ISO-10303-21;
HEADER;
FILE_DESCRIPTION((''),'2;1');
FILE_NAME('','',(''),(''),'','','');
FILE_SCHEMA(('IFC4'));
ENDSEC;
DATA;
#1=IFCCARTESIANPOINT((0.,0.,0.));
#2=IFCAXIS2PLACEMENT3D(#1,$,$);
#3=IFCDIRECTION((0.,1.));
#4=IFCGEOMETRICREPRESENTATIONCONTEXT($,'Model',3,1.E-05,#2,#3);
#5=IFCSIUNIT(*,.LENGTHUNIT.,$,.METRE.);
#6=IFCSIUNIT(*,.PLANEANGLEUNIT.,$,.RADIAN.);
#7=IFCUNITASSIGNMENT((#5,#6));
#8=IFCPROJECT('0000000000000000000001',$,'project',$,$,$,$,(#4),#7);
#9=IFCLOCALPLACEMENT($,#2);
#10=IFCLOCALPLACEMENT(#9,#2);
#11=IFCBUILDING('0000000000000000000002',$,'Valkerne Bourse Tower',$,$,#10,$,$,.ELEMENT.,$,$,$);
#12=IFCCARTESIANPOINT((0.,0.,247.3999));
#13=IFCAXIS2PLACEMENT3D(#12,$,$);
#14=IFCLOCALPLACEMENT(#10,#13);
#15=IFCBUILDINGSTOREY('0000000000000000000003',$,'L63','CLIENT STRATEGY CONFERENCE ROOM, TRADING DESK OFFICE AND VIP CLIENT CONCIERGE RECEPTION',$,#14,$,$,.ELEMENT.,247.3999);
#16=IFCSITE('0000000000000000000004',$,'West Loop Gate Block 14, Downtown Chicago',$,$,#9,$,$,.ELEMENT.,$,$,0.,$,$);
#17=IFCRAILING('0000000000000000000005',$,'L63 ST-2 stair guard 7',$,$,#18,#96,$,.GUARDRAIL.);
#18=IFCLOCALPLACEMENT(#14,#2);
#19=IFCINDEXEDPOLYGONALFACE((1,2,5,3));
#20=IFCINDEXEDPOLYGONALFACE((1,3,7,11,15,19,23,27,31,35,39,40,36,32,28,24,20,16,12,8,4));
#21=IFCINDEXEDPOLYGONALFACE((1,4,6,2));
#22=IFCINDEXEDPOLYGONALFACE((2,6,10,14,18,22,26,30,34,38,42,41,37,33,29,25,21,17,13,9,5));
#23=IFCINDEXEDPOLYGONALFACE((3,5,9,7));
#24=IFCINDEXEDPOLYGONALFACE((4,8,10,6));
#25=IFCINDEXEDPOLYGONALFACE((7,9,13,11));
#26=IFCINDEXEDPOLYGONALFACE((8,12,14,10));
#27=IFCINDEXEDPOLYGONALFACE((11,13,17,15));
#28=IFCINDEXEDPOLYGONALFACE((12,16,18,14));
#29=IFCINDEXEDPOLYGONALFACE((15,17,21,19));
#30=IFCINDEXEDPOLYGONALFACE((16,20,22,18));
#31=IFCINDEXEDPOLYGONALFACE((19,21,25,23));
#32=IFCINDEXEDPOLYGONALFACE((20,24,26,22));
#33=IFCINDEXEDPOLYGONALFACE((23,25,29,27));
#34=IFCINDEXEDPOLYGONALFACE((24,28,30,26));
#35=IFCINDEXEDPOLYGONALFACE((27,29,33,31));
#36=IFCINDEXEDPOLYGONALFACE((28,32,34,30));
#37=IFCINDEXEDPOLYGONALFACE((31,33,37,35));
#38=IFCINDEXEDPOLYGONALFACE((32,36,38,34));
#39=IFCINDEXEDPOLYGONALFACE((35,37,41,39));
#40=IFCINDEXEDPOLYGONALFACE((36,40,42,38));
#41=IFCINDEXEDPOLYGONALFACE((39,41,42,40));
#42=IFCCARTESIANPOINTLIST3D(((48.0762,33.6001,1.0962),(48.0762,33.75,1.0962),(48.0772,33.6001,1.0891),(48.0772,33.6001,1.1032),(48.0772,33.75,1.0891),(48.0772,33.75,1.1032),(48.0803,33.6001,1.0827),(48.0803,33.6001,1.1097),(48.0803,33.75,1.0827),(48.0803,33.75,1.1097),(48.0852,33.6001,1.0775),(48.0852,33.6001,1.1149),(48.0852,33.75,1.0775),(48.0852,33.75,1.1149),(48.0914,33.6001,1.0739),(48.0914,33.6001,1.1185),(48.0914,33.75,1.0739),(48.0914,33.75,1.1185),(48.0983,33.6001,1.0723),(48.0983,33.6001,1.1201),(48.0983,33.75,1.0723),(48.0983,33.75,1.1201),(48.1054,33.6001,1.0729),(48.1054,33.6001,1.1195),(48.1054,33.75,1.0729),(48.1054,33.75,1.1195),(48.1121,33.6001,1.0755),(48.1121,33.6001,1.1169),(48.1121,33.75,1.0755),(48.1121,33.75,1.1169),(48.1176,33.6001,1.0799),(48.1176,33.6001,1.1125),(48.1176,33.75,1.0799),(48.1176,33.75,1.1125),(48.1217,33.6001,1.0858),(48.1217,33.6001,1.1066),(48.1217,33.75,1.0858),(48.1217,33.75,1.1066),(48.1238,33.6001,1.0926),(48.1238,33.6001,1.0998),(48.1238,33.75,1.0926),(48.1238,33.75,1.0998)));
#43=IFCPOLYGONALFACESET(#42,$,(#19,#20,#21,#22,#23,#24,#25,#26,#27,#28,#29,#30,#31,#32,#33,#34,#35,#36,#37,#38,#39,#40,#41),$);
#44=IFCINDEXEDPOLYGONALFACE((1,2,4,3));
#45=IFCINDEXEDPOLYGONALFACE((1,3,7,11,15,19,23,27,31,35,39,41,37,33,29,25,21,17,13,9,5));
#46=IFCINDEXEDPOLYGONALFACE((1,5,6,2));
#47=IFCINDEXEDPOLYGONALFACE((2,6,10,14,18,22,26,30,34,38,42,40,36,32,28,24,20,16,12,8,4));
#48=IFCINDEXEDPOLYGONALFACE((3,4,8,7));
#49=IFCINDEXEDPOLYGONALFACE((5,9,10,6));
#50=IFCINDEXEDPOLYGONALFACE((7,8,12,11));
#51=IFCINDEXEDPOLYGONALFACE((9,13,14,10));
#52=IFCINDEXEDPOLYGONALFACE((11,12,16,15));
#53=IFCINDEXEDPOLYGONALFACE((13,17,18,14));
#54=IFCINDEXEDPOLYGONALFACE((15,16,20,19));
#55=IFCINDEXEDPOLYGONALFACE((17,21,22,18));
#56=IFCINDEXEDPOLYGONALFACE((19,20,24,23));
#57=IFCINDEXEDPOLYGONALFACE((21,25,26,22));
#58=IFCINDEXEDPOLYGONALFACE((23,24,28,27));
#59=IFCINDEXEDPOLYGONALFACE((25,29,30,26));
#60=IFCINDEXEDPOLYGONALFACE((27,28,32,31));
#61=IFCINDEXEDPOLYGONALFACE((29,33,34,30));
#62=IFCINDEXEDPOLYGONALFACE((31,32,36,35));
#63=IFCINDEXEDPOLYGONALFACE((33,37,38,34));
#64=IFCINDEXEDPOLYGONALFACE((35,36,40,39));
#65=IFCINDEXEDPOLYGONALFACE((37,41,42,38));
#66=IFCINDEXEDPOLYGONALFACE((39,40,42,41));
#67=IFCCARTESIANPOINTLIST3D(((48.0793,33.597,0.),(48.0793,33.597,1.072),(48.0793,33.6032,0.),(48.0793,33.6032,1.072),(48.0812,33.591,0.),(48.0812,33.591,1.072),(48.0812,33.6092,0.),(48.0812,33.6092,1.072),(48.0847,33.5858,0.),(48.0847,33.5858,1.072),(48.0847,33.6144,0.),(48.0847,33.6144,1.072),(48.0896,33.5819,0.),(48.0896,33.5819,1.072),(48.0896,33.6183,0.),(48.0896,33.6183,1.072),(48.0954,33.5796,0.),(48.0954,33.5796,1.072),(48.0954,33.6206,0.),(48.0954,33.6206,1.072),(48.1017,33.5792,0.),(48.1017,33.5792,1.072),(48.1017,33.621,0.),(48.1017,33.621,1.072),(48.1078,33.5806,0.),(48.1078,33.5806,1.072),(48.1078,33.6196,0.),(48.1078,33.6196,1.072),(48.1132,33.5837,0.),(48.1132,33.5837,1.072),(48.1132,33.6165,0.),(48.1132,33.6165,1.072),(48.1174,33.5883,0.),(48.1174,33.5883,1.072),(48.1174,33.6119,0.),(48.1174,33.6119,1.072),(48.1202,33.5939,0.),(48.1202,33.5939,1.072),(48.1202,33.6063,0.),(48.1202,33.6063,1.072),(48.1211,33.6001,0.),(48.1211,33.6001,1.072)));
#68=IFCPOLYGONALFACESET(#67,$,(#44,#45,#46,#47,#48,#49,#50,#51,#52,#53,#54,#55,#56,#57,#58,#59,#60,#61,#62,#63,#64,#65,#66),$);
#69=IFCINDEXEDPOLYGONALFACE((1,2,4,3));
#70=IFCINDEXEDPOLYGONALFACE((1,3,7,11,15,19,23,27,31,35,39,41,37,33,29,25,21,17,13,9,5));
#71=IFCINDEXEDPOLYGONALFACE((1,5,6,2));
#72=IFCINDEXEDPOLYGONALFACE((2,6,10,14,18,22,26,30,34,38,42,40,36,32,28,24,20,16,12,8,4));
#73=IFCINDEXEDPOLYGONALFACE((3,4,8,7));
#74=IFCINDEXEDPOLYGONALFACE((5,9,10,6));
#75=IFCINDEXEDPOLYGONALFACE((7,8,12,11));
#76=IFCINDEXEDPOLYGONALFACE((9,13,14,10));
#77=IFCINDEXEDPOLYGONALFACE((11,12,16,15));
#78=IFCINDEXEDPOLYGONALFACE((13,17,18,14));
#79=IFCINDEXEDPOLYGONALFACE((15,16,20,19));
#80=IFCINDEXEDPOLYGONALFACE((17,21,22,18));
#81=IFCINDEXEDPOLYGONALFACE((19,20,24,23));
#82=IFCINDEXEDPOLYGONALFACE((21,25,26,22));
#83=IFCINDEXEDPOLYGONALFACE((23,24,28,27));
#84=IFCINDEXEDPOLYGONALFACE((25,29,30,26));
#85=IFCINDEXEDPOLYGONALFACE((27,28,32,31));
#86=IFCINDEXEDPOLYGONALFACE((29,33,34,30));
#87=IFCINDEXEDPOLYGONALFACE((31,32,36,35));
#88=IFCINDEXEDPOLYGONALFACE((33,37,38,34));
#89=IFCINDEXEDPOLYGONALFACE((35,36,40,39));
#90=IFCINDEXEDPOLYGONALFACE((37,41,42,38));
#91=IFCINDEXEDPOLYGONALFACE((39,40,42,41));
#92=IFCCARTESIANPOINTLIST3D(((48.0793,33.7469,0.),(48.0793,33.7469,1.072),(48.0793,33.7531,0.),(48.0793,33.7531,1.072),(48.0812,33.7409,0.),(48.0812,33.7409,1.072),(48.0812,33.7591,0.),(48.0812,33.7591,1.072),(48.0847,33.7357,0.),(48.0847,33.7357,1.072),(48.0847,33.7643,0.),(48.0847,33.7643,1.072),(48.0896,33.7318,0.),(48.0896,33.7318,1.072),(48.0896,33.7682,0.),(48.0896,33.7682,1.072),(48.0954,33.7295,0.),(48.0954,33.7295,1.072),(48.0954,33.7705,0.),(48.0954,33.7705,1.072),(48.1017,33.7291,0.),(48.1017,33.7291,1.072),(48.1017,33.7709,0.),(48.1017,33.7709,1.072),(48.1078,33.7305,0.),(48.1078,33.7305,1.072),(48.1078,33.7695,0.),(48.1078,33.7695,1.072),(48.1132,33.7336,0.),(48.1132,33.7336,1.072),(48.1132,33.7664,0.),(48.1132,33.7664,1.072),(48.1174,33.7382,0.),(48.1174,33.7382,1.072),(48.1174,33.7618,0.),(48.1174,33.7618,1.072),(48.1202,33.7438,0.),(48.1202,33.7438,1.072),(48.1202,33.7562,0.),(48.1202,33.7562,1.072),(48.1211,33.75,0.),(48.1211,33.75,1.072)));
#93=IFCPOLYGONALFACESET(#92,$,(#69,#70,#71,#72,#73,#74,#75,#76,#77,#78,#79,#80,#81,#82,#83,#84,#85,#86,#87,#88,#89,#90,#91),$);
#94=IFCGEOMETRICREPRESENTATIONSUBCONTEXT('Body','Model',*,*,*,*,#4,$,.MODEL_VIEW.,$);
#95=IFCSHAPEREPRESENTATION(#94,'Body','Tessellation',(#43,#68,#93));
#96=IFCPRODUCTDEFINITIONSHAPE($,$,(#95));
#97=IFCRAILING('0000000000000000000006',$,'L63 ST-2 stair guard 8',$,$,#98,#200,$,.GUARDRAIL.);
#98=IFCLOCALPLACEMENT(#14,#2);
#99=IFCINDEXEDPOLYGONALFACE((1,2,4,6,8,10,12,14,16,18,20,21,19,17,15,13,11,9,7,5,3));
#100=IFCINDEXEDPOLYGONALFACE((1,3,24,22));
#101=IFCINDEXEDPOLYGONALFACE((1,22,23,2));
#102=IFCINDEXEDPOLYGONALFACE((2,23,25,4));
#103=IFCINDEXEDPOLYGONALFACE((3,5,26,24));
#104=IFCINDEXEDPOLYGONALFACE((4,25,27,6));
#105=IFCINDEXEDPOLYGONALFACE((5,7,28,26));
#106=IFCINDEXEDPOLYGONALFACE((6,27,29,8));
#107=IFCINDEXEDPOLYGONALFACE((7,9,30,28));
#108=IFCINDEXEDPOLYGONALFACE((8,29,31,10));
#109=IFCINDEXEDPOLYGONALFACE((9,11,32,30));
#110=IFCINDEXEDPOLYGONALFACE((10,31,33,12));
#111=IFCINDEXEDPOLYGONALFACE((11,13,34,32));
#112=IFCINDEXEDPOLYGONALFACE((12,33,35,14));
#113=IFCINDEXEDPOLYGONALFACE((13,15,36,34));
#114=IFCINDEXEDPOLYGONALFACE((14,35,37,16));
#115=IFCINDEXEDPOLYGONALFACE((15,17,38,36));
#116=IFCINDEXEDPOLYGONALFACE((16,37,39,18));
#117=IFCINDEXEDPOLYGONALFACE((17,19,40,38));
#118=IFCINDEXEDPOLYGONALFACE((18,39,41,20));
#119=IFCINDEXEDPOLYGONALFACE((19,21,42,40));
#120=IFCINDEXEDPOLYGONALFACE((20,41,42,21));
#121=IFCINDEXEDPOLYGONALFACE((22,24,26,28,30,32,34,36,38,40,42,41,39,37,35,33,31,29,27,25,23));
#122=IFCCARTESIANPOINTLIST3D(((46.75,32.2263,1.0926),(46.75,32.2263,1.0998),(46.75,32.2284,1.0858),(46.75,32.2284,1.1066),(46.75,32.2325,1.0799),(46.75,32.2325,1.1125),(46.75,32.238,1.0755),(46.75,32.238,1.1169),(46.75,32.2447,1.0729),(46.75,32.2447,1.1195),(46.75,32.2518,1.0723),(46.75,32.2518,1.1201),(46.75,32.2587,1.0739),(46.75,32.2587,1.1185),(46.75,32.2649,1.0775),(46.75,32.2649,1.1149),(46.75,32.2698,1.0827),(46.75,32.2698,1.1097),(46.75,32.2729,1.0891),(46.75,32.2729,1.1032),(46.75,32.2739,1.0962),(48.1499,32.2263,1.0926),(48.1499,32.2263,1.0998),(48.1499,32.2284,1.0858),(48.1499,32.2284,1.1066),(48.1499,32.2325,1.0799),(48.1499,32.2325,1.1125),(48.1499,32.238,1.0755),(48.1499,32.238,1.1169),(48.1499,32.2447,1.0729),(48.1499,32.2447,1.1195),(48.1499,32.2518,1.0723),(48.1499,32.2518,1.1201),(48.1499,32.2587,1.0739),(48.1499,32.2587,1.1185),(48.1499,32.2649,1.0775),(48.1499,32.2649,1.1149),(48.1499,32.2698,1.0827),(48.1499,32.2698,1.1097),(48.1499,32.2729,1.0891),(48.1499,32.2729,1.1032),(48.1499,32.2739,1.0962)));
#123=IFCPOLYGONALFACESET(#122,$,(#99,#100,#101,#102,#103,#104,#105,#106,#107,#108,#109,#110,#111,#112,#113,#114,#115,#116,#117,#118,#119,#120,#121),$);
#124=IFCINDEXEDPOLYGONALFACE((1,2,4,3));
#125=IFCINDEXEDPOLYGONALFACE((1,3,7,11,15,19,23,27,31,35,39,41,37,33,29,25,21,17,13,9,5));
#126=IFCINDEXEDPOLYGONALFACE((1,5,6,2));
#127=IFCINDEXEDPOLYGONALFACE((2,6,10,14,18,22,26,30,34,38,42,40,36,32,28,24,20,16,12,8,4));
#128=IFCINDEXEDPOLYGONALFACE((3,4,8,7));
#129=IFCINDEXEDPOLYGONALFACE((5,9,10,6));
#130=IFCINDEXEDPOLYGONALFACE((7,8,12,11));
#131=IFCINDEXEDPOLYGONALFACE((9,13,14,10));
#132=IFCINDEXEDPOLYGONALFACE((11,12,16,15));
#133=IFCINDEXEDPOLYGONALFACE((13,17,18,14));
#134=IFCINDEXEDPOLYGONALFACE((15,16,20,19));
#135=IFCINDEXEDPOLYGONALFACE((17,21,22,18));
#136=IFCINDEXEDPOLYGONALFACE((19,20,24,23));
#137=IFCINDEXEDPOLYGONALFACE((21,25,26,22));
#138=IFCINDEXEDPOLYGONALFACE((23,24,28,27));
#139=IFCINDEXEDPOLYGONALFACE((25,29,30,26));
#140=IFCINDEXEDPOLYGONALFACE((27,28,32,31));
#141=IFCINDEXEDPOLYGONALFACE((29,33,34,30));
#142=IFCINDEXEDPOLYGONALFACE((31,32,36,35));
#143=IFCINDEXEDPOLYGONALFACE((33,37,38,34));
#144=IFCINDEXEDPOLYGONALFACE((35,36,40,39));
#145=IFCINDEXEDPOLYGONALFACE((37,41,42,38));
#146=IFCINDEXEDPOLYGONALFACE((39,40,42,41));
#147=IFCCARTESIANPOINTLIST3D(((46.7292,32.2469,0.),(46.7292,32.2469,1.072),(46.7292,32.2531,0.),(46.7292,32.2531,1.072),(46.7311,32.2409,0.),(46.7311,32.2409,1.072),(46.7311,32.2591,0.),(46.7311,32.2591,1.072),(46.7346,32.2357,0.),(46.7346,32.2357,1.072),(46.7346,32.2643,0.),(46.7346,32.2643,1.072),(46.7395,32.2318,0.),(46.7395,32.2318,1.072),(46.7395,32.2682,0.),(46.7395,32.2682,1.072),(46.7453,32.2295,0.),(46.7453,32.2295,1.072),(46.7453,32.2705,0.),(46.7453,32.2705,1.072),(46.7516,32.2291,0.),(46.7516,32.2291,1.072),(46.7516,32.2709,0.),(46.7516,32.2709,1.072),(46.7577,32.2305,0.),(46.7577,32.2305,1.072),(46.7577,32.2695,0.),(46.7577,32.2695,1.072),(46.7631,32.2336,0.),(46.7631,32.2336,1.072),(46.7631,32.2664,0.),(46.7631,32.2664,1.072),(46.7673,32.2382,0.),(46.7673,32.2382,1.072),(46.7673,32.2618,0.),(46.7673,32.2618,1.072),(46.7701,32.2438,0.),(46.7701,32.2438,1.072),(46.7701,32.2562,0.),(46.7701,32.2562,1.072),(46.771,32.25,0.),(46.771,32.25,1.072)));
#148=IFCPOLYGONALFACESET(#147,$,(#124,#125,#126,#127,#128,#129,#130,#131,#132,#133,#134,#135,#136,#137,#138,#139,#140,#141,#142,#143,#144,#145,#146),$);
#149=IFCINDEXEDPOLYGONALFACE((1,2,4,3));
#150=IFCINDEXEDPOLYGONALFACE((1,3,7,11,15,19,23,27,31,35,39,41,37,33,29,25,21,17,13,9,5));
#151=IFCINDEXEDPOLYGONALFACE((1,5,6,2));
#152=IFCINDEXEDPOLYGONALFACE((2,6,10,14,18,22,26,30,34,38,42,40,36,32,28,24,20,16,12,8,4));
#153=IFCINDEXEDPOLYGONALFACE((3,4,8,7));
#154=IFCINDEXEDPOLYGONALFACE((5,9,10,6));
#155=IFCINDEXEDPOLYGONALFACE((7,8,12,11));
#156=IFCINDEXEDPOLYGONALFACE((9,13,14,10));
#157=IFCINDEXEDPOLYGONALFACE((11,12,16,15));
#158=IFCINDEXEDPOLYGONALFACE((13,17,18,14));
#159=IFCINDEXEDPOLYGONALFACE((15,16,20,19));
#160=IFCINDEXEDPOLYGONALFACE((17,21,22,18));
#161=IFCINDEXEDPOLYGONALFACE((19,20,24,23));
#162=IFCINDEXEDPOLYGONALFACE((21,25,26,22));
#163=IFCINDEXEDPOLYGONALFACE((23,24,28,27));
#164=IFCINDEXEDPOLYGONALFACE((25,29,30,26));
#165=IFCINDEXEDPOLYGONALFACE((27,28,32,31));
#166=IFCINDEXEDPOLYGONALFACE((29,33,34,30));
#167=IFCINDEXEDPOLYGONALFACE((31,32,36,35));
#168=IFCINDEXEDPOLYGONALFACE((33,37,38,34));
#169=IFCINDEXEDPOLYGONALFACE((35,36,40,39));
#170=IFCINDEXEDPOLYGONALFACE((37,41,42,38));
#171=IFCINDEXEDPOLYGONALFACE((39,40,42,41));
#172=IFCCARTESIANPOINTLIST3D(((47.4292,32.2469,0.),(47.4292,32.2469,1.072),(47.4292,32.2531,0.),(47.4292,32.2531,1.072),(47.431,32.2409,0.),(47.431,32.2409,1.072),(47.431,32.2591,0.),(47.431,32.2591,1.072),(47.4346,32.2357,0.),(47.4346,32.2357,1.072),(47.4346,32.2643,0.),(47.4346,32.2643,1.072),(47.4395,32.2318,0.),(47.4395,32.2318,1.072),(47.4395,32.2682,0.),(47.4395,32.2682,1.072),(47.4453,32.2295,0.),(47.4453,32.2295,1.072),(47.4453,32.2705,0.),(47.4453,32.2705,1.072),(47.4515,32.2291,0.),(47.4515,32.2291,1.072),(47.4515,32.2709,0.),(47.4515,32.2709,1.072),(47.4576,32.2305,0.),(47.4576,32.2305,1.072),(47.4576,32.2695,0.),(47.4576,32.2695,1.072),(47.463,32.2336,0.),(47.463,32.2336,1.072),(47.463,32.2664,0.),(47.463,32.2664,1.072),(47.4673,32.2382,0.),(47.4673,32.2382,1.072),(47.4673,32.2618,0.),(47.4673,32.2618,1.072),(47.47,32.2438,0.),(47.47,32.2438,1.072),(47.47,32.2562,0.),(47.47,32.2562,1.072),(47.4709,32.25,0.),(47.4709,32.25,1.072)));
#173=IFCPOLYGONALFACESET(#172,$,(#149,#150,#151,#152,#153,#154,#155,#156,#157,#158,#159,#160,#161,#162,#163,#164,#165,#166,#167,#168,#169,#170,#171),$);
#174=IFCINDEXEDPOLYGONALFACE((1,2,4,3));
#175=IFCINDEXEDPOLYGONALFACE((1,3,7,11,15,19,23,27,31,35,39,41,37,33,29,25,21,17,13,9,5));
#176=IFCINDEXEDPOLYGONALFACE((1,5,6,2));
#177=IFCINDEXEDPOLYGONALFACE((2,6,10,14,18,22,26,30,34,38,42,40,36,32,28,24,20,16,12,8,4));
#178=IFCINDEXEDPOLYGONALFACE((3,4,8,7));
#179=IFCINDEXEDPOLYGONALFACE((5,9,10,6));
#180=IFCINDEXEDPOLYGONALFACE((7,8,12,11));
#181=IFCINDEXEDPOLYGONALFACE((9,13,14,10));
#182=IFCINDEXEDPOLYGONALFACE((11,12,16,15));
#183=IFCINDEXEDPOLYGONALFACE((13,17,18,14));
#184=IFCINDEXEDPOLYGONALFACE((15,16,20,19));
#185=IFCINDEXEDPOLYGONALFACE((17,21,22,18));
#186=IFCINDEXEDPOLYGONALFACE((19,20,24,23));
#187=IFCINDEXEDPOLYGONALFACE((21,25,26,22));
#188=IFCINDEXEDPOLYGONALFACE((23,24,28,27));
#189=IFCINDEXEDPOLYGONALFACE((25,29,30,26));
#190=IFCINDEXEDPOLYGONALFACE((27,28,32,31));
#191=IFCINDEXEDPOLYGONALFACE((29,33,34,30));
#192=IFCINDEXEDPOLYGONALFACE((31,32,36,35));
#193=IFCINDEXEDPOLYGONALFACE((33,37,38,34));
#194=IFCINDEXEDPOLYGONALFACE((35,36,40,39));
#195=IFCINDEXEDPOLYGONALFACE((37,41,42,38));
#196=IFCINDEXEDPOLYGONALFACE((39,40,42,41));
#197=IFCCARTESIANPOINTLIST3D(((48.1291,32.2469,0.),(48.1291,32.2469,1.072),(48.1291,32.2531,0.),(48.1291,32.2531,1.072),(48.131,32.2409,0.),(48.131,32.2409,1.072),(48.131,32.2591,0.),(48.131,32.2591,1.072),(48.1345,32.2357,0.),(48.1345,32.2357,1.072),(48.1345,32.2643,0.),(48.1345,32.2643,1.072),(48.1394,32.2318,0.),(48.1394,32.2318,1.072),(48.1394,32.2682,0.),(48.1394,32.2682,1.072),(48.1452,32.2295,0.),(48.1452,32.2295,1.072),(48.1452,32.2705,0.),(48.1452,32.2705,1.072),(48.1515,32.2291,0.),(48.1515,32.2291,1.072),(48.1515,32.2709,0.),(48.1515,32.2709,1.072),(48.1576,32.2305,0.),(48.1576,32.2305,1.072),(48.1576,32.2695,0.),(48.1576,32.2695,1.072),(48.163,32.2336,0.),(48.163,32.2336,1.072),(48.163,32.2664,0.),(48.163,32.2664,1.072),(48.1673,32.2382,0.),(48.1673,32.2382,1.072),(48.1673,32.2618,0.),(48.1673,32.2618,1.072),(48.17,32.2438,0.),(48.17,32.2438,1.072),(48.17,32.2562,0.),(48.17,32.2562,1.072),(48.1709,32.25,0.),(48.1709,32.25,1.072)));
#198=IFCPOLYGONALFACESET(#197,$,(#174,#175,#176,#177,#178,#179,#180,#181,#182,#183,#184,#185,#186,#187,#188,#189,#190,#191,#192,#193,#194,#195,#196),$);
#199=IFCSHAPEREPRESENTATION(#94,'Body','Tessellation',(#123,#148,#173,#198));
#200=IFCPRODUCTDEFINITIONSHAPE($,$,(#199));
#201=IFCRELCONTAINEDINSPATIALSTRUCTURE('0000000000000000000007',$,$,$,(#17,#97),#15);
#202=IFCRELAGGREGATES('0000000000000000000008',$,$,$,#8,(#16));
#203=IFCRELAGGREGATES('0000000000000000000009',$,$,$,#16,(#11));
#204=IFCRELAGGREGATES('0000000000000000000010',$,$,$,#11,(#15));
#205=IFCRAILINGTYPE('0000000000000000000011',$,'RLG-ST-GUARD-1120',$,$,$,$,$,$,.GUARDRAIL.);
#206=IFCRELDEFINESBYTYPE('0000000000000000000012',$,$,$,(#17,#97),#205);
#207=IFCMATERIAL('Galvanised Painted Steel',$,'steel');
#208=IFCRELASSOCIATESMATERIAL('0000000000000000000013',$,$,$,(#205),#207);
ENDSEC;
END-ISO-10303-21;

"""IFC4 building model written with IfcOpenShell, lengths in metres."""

from ifc_helpers import new_model, si_unit, direction, frame, origin, origin_2d, place, context, subcontext, project, spatial, circle, extrude, material, type_object, element, save


model = new_model("IFC4")

# Units and contexts
model_context = context("Model", 3, precision=1e-05, world=origin(), true_north=direction((0.0, 1.0)))
body_context = subcontext(model_context, "Body", "Model", "MODEL_VIEW")
ifc_project = project(units=[si_unit("LENGTHUNIT", "METRE"), si_unit("PLANEANGLEUNIT", "RADIAN")], contexts=[model_context])

# Site, building, storey
site_placement = place(None, origin())
site = spatial("IfcSite", under=ifc_project, at=site_placement, Name="West Loop Gate Block 14, Downtown Chicago", CompositionType="ELEMENT", RefElevation=0.0)
building_placement = place(site_placement, origin())
building = spatial("IfcBuilding", under=site, at=building_placement, Name="Valkerne Bourse Tower", CompositionType="ELEMENT")
storey_placement = place(building_placement, frame((0.0, 0.0, 247.3999)))
storey = spatial("IfcBuildingStorey", under=building, at=storey_placement, Name="L63", Description="CLIENT STRATEGY CONFERENCE ROOM, TRADING DESK OFFICE AND VIP CLIENT CONCIERGE RECEPTION", CompositionType="ELEMENT", Elevation=247.3999)

# Shared definitions
ifc_material_1 = material(Name="Galvanised Painted Steel", Category="steel")

# Railings
railing_type_1 = type_object("IfcRailingType", Name="RLG-ST-GUARD-1120", PredefinedType="GUARDRAIL", material=ifc_material_1)
railing_1_placement = place(storey_placement, frame((48.1001, 33.6001, 0.0)))
element("IfcRailing", 1, at=railing_1_placement, inside=storey, type_object=railing_type_1, Name="L63 ST-2 stair guard 7", PredefinedType="GUARDRAIL", context=body_context, shape_type="SweptSolid", body=[
    extrude(circle(Radius=0.0239, at=origin_2d()), frame((0.0, 0.0, 1.0962), z_axis=(0.0, 1.0, 0.0), x_axis=(-1.0, 0.0, 0.0)), (0.0, 0.0, 1.0), 0.1499),
    extrude(circle(Radius=0.021, at=origin_2d()), origin(), (0.0, 0.0, 1.0), 1.072),
    extrude(circle(Radius=0.021, at=origin_2d()), frame((0.0, 0.1499, 0.0)), (0.0, 0.0, 1.0), 1.072),
])
for number, where, name in (
    (2, (46.75, 32.25, 0.0), "L63 ST-2 stair guard 8"),
):
    element("IfcRailing", number, at=place(storey_placement, frame(where)), inside=storey, type_object=railing_type_1, Name=name, PredefinedType="GUARDRAIL", context=body_context, shape_type="SweptSolid", body=[
        extrude(circle(Radius=0.0239, at=origin_2d()), frame((0.0, 0.0, 1.0962), z_axis=(1.0, 0.0, 0.0), x_axis=(0.0, 1.0, 0.0)), (0.0, 0.0, 1.0), 1.3999),
        extrude(circle(Radius=0.021, at=origin_2d()), origin(), (0.0, 0.0, 1.0), 1.072),
        extrude(circle(Radius=0.021, at=origin_2d()), frame((0.7, 0.0, 0.0)), (0.0, 0.0, 1.0), 1.072),
        extrude(circle(Radius=0.021, at=origin_2d()), frame((1.3999, 0.0, 0.0)), (0.0, 0.0, 1.0), 1.072),
    ])

save(model, "model.ifc")
